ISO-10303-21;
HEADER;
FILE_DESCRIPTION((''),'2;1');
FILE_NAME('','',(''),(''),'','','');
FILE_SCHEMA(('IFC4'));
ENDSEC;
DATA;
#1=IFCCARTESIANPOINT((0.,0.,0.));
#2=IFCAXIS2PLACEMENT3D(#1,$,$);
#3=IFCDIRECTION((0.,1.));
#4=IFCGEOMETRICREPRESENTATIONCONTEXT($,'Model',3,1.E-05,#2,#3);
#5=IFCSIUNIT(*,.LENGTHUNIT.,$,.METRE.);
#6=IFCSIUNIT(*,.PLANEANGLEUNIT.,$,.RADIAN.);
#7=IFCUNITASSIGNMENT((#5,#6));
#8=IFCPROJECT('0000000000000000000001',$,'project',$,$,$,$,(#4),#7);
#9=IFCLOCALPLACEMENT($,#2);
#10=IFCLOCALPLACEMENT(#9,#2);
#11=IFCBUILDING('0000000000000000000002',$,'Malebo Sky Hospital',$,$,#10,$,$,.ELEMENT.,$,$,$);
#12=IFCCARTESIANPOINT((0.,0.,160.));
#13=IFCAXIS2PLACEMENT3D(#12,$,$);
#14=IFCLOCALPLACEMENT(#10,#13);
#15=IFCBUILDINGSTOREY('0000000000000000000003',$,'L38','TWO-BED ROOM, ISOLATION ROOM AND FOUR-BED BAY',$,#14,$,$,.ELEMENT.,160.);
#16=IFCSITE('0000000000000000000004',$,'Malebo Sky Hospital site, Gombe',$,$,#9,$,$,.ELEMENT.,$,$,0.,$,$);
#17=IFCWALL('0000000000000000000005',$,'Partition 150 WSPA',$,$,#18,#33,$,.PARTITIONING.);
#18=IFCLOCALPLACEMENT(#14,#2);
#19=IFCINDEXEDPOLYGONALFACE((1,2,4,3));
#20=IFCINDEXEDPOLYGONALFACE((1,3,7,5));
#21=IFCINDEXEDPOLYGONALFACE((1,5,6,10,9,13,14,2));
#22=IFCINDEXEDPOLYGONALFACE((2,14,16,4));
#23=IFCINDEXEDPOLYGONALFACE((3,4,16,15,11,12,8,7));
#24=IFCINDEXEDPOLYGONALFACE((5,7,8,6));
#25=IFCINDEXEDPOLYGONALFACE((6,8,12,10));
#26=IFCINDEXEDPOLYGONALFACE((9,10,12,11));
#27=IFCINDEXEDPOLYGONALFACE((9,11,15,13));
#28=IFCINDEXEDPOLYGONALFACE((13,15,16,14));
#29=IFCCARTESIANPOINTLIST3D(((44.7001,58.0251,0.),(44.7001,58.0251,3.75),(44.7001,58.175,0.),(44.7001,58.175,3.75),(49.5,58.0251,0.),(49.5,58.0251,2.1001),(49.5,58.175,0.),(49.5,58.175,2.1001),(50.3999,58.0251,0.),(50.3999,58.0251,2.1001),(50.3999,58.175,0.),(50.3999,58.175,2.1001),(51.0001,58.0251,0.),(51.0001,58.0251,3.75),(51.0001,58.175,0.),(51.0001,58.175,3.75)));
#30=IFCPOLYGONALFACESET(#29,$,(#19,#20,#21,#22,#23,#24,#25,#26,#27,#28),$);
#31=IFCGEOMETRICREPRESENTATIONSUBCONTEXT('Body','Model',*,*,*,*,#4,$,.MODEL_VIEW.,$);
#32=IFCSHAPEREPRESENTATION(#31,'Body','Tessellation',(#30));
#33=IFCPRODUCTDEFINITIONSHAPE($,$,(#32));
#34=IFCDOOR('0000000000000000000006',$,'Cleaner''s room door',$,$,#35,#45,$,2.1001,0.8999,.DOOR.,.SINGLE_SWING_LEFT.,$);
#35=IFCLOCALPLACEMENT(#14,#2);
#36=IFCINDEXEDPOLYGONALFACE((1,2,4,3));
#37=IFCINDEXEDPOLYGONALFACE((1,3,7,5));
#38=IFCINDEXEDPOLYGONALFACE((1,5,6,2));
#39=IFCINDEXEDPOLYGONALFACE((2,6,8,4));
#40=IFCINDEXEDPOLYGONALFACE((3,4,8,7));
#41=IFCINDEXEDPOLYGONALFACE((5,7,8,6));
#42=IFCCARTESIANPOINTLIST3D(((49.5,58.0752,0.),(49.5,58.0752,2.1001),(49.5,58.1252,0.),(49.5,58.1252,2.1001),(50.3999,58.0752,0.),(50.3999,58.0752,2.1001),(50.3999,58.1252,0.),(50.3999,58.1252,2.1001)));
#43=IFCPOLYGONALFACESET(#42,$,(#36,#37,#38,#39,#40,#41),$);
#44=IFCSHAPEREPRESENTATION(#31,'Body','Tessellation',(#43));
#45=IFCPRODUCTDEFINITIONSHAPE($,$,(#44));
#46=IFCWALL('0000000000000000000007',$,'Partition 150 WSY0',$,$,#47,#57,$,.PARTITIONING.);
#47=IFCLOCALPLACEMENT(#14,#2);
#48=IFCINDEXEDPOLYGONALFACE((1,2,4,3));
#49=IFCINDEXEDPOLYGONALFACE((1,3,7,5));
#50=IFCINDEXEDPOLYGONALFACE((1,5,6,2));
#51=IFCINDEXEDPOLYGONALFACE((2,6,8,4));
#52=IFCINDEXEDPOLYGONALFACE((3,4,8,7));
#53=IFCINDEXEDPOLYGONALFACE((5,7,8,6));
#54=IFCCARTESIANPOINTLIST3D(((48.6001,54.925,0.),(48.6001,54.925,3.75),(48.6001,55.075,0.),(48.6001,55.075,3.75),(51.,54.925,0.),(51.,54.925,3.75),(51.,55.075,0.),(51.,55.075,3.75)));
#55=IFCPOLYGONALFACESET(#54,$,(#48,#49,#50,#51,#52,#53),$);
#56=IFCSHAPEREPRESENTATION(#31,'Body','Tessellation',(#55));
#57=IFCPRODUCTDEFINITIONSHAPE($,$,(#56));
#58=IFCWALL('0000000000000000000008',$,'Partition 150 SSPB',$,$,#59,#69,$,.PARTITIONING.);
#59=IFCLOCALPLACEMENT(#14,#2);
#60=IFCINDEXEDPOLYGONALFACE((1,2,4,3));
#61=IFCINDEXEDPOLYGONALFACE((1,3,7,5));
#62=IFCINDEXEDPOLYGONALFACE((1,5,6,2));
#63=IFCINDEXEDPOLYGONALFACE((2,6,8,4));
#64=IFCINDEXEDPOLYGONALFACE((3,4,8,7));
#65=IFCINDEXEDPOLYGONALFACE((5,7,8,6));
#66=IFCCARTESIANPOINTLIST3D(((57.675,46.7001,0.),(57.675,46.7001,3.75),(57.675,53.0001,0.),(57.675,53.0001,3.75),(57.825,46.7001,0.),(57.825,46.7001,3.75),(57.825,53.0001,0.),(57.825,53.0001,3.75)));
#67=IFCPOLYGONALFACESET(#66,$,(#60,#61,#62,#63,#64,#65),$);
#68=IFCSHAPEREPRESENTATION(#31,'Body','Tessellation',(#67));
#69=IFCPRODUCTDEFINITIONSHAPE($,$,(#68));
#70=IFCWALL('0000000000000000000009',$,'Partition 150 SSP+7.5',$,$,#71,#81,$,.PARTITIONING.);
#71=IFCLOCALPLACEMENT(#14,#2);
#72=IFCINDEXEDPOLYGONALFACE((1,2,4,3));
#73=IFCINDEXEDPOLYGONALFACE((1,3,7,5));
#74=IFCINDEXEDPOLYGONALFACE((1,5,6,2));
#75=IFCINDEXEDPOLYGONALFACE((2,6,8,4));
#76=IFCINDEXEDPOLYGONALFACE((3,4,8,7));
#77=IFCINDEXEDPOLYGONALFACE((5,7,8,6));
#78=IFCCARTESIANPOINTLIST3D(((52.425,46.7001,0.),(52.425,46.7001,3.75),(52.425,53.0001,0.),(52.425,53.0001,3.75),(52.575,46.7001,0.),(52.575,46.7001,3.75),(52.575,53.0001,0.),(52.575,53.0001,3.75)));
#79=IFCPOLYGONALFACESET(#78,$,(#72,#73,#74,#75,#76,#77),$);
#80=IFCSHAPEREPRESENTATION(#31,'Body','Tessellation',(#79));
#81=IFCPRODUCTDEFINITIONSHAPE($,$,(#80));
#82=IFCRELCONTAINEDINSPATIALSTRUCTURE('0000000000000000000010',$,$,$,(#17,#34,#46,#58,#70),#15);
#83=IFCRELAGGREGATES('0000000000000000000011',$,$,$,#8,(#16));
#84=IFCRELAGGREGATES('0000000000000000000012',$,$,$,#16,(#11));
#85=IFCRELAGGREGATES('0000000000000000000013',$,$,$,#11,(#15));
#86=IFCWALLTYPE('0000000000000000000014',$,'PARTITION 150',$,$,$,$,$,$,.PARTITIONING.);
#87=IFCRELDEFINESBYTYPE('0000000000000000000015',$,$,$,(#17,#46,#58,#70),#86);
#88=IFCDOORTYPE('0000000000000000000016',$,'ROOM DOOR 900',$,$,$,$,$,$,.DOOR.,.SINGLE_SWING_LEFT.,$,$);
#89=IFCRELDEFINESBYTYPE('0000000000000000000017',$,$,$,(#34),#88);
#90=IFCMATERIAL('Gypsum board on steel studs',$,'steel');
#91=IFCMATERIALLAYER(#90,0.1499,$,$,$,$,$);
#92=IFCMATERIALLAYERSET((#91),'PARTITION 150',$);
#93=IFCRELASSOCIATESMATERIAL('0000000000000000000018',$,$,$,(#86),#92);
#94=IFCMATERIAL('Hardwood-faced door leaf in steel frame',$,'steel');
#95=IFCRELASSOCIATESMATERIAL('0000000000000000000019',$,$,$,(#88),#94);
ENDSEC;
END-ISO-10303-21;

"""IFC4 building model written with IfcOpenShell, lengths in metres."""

from ifc_helpers import new_model, si_unit, direction, frame, frame_2d, origin, place, context, subcontext, project, spatial, rectangle, extrude, material, layer, layer_set, type_object, element, fill, save


model = new_model("IFC4")

# Units and contexts
model_context = context("Model", 3, precision=1e-05, world=origin(), true_north=direction((0.0, 1.0)))
body_context = subcontext(model_context, "Body", "Model", "MODEL_VIEW")
ifc_project = project(units=[si_unit("LENGTHUNIT", "METRE"), si_unit("PLANEANGLEUNIT", "RADIAN")], contexts=[model_context])

# Site, building, storey
site_placement = place(None, origin())
site = spatial("IfcSite", under=ifc_project, at=site_placement, Name="Malebo Sky Hospital site, Gombe", CompositionType="ELEMENT", RefElevation=0.0)
building_placement = place(site_placement, origin())
building = spatial("IfcBuilding", under=site, at=building_placement, Name="Malebo Sky Hospital", CompositionType="ELEMENT")
storey_placement = place(building_placement, frame((0.0, 0.0, 160.0)))
storey = spatial("IfcBuildingStorey", under=building, at=storey_placement, Name="L38", Description="TWO-BED ROOM, ISOLATION ROOM AND FOUR-BED BAY", CompositionType="ELEMENT", Elevation=160.0)

# Shared definitions
ifc_material_1 = material(Name="Hardwood-faced door leaf in steel frame", Category="steel")

# Shared definitions
ifc_material_2 = material(Name="Gypsum board on steel studs", Category="steel")

# Shared definitions
ifc_layer_1 = layer(ifc_material_2, 0.1499)
ifc_layer_set_1 = layer_set([ifc_layer_1], Name="PARTITION 150")
wall_type_1 = type_object("IfcWallType", Name="PARTITION 150", PredefinedType="PARTITIONING", material=ifc_layer_set_1)

# Wall, opening, door
wall_1_placement = place(storey_placement, frame((51.0, 58.1001, 0.0), z_axis=(0.0, 0.0, 1.0), x_axis=(-1.0, 0.0, 0.0)))
wall_1 = element("IfcWall", 1, at=wall_1_placement, inside=storey, type_object=wall_type_1, Name="Partition 150 WSPA", PredefinedType="PARTITIONING", context=body_context, shape_type="SweptSolid", body=[
    extrude(rectangle(XDim=6.3, YDim=0.1499, at=frame_2d((3.1499, 0.0))), origin(), (0.0, 0.0, 1.0), 3.75),
])
opening_1_placement = place(wall_1_placement, frame((0.6001, 0.0, 0.0)))
opening_1 = element("IfcOpeningElement", 2, at=opening_1_placement, cuts=wall_1, PredefinedType="OPENING", context=body_context, shape_type="SweptSolid", body=[
    extrude(rectangle(XDim=0.8999, YDim=2.1001, at=frame_2d((0.45, 1.05))), frame((0.0, 0.085, 0.0), z_axis=(0.0, -1.0, 0.0), x_axis=(1.0, 0.0, 0.0)), (0.0, 0.0, 1.0), 0.1699),
])
door_type_1 = type_object("IfcDoorType", Name="ROOM DOOR 900", OperationType="SINGLE_SWING_LEFT", PredefinedType="DOOR", material=ifc_material_1)
door_1_placement = place(opening_1_placement, origin())
door_1 = element("IfcDoor", 3, at=door_1_placement, inside=storey, type_object=door_type_1, Name="Cleaner's room door", OperationType="SINGLE_SWING_LEFT", OverallHeight=2.1001, OverallWidth=0.8999, PredefinedType="DOOR", context=body_context, shape_type="SweptSolid", body=[
    extrude(rectangle(XDim=0.8999, YDim=2.1001, at=frame_2d((0.45, 1.05))), frame((0.0, 0.0249, 0.0), z_axis=(0.0, -1.0, 0.0), x_axis=(1.0, 0.0, 0.0)), (0.0, 0.0, 1.0), 0.05),
])
fill(opening_1, door_1)

# Walls
wall_2_placement = place(storey_placement, frame((51.0, 55.0, 0.0), z_axis=(0.0, 0.0, 1.0), x_axis=(-1.0, 0.0, 0.0)))
element("IfcWall", 4, at=wall_2_placement, inside=storey, type_object=wall_type_1, Name="Partition 150 WSY0", PredefinedType="PARTITIONING", context=body_context, shape_type="SweptSolid", body=[
    extrude(rectangle(XDim=2.3999, YDim=0.1499, at=frame_2d((1.2, 0.0))), origin(), (0.0, 0.0, 1.0), 3.75),
])
for number, where, z_axis, x_axis, name in (
    (5, (57.75, 53.0, 0.0), (0.0, 0.0, 1.0), (0.0, -1.0, 0.0), "Partition 150 SSPB"),
    (6, (52.5, 53.0, 0.0), (0.0, 0.0, 1.0), (0.0, -1.0, 0.0), "Partition 150 SSP+7.5"),
):
    element("IfcWall", number, at=place(storey_placement, frame(where, z_axis=z_axis, x_axis=x_axis)), inside=storey, type_object=wall_type_1, Name=name, PredefinedType="PARTITIONING", context=body_context, shape_type="SweptSolid", body=[
        extrude(rectangle(XDim=6.3, YDim=0.1499, at=frame_2d((3.1499, 0.0))), origin(), (0.0, 0.0, 1.0), 3.75),
    ])

save(model, "model.ifc")
